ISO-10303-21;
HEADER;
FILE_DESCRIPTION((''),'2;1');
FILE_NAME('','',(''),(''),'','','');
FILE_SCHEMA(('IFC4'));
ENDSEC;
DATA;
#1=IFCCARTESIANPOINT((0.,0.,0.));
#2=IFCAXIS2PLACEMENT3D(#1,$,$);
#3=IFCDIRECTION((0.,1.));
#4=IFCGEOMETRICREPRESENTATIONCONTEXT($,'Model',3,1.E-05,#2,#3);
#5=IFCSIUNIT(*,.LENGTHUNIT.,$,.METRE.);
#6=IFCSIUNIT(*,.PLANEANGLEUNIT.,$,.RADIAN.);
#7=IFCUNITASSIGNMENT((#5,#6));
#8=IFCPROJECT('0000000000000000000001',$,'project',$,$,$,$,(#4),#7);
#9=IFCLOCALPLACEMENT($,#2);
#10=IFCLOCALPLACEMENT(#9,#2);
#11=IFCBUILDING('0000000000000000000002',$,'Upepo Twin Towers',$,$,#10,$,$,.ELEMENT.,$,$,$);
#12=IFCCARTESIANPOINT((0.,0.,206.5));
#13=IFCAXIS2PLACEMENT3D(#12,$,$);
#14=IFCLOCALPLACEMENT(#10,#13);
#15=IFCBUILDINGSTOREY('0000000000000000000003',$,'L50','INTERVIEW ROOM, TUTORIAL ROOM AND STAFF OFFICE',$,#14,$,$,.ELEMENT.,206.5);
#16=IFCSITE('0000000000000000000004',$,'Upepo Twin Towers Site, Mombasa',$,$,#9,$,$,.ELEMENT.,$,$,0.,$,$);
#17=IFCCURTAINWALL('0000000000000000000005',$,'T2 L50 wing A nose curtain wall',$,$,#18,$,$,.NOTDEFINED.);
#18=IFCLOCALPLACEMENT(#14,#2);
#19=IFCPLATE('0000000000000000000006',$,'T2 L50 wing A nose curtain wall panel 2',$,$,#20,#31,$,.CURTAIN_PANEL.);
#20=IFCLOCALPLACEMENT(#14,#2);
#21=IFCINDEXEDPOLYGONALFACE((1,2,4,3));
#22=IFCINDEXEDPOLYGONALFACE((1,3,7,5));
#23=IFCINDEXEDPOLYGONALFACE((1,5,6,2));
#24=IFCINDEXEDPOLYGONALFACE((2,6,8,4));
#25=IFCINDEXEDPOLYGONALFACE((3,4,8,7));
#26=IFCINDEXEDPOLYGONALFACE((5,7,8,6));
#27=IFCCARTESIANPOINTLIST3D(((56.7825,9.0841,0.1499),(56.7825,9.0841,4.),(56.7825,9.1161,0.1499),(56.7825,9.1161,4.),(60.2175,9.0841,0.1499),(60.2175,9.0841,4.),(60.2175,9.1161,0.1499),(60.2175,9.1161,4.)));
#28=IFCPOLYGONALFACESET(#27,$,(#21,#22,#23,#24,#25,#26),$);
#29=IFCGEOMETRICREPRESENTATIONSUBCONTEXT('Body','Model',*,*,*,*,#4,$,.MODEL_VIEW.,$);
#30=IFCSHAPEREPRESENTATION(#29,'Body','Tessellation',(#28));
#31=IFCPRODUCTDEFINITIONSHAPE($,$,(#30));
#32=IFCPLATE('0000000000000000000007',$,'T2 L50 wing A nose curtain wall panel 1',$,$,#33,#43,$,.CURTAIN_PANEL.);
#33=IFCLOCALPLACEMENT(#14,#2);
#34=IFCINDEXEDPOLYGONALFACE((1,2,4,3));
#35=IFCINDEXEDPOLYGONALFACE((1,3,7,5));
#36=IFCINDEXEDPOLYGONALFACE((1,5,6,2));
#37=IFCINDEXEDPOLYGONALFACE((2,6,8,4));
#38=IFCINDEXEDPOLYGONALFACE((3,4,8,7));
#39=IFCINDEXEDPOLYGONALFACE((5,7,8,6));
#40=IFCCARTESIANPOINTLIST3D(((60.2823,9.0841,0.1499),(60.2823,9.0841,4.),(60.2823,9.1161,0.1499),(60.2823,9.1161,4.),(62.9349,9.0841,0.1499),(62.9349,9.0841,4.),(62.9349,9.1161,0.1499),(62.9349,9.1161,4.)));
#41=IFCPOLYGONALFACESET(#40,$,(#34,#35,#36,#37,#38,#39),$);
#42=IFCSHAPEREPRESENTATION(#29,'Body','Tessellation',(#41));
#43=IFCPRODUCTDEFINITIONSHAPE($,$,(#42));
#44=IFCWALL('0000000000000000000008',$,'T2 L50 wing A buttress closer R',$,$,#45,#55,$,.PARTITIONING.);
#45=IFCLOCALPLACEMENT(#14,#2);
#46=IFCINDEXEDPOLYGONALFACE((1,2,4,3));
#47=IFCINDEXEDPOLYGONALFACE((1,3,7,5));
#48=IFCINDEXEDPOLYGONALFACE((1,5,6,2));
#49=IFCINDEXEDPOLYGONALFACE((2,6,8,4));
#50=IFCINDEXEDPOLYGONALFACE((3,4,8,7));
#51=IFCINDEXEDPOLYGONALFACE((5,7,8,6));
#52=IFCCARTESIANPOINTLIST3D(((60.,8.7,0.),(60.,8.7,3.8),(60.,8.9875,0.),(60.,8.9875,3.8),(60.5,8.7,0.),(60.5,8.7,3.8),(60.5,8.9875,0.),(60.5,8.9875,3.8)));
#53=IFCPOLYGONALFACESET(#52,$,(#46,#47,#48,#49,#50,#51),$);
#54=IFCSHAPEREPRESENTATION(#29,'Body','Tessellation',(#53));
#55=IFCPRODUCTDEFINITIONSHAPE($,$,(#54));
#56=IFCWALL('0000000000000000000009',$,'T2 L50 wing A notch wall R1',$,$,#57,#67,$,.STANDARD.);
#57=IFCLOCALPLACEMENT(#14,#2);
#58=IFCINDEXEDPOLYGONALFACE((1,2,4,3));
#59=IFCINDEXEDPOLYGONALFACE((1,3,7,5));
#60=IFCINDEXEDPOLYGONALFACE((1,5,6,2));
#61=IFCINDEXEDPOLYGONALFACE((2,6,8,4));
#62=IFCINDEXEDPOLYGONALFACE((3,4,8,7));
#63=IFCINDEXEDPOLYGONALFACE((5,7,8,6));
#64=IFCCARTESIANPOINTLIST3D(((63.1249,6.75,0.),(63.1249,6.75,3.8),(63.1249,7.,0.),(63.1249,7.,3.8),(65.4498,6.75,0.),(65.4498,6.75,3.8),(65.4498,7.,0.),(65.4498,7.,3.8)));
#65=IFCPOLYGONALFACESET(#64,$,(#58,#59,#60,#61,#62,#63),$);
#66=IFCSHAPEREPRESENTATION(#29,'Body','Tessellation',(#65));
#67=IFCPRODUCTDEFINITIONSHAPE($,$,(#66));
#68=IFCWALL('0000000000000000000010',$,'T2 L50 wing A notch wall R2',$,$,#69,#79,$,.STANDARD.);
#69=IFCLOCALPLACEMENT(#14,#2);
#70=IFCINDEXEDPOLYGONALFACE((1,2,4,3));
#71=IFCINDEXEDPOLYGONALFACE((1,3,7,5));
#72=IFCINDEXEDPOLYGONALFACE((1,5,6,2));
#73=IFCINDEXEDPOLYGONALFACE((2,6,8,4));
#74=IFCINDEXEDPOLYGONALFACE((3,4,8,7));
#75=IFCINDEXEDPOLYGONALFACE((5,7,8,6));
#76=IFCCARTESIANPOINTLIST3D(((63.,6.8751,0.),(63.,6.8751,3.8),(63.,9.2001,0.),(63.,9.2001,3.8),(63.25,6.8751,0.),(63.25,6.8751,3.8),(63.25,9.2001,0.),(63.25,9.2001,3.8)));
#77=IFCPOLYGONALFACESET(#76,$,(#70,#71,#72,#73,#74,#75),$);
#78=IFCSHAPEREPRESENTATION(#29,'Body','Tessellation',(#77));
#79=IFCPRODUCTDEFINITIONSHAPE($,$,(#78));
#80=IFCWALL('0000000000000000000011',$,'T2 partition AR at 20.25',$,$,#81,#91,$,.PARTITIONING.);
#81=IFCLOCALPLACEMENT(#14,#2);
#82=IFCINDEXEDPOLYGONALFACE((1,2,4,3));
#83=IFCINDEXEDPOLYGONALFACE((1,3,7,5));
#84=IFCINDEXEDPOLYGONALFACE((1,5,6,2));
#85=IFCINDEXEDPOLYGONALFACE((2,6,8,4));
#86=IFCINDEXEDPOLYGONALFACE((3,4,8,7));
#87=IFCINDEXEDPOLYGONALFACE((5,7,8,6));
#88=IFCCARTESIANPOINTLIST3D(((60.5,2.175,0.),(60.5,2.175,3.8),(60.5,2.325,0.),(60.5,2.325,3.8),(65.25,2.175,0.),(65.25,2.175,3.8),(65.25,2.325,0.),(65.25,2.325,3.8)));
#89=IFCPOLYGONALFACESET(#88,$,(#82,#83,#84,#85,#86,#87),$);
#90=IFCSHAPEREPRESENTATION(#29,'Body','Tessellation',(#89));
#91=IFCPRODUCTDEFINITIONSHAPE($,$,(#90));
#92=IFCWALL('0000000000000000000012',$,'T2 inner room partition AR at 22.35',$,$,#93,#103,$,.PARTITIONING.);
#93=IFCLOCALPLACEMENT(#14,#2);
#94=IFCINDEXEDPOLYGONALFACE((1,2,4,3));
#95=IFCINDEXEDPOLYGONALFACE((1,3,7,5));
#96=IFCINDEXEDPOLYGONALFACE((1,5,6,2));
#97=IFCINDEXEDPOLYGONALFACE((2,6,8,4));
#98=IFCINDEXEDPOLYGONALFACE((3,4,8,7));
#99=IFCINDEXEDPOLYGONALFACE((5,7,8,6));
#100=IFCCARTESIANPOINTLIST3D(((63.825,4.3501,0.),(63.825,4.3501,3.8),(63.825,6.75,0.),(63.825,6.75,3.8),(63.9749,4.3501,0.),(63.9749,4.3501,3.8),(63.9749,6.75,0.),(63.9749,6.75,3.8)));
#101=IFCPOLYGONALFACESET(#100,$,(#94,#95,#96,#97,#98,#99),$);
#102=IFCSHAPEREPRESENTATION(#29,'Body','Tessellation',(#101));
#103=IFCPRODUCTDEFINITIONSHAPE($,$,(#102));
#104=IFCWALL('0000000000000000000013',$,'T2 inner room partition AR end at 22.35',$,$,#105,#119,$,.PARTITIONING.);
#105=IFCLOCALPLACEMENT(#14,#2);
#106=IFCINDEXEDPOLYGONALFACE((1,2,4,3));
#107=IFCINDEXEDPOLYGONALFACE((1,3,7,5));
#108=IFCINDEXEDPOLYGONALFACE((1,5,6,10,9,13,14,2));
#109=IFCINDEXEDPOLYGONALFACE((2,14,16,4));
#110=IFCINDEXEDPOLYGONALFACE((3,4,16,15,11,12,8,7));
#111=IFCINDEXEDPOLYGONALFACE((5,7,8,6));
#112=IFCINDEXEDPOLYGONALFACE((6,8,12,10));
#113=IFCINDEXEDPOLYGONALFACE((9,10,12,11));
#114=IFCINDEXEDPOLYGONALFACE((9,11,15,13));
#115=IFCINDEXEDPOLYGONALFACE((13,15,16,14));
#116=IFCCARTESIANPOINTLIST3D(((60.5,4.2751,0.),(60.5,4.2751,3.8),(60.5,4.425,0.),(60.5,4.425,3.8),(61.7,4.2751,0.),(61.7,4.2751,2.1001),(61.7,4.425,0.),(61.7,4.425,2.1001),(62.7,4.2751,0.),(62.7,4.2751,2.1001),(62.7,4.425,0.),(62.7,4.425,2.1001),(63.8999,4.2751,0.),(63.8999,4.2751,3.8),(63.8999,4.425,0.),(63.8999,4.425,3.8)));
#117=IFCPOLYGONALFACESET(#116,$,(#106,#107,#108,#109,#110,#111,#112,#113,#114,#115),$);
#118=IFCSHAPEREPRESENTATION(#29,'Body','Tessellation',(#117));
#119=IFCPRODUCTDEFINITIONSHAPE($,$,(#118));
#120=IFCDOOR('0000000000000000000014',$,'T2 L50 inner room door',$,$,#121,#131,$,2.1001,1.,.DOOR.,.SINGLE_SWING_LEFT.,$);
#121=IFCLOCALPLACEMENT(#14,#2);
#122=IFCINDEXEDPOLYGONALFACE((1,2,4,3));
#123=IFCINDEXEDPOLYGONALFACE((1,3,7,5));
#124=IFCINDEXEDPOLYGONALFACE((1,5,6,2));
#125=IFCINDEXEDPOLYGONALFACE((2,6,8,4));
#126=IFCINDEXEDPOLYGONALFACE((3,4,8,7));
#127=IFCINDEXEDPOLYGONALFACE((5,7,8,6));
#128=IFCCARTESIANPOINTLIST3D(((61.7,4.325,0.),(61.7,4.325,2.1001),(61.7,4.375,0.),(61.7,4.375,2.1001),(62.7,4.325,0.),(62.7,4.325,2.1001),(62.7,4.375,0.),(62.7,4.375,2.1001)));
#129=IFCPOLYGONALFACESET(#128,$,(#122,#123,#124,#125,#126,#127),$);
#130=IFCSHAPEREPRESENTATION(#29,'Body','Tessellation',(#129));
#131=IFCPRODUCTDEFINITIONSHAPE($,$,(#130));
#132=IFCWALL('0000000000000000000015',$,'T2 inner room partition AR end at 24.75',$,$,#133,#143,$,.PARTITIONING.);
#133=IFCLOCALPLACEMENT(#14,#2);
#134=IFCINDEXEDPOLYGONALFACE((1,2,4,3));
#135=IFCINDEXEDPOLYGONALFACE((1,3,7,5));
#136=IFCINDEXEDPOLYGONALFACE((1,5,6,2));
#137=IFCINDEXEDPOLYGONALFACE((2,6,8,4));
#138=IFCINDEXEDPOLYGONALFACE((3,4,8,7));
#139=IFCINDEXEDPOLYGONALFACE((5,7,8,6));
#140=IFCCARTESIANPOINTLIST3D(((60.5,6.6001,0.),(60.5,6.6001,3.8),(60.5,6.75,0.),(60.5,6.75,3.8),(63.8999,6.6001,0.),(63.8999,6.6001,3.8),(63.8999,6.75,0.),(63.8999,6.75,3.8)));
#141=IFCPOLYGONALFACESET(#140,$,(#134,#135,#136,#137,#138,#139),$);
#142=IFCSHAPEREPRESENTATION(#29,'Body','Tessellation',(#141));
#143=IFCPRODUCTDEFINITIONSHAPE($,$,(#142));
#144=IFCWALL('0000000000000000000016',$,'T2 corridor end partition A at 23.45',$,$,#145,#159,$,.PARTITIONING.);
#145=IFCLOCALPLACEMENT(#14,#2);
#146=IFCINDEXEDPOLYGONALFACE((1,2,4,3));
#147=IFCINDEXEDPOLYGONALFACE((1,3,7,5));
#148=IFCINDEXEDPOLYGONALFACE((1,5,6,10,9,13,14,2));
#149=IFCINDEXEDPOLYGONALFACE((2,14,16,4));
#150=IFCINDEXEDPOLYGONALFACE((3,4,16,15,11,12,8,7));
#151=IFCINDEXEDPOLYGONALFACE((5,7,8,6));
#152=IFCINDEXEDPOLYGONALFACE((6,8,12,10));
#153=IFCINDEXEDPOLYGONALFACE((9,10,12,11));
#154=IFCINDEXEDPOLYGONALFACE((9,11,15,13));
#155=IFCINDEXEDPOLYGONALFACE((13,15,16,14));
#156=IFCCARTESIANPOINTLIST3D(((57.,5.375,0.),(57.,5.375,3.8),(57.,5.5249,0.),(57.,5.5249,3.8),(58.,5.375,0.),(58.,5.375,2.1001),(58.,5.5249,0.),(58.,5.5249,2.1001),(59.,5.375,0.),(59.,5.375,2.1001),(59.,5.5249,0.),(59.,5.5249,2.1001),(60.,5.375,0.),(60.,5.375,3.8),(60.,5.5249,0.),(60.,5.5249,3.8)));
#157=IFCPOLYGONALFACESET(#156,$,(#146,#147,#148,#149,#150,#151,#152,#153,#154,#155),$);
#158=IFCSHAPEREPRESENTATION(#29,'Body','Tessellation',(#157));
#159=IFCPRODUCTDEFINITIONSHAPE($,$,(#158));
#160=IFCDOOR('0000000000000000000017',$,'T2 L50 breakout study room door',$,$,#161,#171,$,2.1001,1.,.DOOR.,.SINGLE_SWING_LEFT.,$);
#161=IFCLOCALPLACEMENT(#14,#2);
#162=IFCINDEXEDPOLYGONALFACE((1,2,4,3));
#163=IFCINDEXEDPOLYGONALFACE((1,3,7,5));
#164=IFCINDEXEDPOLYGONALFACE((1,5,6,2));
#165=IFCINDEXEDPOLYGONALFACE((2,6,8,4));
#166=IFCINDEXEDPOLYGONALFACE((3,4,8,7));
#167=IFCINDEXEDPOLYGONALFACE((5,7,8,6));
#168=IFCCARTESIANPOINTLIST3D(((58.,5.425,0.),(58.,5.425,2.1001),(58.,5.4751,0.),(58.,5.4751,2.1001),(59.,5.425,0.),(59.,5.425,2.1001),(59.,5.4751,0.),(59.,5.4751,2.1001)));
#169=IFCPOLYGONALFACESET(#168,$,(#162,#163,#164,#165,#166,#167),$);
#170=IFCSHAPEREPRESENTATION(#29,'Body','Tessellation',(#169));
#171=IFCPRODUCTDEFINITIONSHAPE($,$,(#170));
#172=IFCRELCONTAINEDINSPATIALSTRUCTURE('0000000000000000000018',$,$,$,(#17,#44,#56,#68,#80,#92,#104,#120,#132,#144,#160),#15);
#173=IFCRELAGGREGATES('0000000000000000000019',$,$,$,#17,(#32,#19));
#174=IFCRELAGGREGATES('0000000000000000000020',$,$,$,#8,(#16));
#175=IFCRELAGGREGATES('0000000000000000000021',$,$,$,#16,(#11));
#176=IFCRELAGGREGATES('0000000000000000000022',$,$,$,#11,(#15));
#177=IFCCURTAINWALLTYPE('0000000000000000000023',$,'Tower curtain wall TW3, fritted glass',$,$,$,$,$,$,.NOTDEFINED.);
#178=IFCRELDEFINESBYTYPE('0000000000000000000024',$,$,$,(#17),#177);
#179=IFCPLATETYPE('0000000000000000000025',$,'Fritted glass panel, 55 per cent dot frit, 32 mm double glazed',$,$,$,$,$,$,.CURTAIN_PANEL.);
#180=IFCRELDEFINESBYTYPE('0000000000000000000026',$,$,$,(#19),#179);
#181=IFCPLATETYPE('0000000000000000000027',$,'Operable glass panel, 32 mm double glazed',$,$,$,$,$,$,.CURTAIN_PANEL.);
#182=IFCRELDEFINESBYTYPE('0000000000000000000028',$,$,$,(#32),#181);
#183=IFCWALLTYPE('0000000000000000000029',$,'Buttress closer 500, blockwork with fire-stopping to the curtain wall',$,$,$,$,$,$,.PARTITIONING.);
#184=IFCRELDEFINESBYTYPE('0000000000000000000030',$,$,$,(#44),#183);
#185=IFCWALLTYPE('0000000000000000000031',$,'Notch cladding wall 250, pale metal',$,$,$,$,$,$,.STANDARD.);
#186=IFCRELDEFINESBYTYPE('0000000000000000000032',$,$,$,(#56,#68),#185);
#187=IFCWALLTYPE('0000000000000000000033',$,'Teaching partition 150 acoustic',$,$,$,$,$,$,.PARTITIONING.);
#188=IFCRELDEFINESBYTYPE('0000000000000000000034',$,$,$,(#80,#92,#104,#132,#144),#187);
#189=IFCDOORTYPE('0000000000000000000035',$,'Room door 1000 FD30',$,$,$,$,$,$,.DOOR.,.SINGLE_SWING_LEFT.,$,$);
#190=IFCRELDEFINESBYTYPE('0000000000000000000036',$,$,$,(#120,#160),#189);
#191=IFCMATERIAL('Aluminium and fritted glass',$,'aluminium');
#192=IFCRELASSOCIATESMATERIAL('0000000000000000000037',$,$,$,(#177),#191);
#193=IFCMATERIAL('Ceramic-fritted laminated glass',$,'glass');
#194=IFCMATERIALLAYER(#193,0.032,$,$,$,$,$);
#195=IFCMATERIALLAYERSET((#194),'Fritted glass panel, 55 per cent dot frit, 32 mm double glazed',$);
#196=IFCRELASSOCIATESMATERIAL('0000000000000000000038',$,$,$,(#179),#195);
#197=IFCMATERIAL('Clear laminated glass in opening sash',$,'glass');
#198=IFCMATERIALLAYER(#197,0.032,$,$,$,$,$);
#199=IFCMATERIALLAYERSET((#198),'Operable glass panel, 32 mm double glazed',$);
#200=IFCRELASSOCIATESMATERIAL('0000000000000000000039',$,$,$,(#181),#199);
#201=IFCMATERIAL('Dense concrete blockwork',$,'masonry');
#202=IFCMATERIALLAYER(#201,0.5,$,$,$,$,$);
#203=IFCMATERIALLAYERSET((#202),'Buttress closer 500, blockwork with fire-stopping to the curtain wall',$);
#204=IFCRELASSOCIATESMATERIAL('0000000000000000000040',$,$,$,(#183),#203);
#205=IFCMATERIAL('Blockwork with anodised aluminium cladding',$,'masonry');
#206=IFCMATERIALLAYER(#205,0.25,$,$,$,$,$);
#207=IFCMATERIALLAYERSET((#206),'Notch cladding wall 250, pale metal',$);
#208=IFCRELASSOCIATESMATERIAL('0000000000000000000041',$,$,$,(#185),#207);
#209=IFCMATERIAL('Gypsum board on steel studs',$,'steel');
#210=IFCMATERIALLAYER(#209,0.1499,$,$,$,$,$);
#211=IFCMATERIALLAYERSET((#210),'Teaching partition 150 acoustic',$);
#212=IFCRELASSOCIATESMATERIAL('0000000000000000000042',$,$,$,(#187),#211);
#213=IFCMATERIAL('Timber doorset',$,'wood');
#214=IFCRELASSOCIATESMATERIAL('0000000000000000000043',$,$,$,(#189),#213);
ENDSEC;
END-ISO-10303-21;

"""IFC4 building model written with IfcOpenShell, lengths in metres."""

from ifc_helpers import new_model, si_unit, direction, frame, frame_2d, origin, origin_2d, place, context, subcontext, project, spatial, rectangle, extrude, material, layer, layer_set, type_object, element, fill, aggregate, save


model = new_model("IFC4")

# Units and contexts
model_context = context("Model", 3, precision=1e-05, world=origin(), true_north=direction((0.0, 1.0)))
body_context = subcontext(model_context, "Body", "Model", "MODEL_VIEW")
ifc_project = project(units=[si_unit("LENGTHUNIT", "METRE"), si_unit("PLANEANGLEUNIT", "RADIAN")], contexts=[model_context])

# Site, building, storey
site_placement = place(None, origin())
site = spatial("IfcSite", under=ifc_project, at=site_placement, Name="Upepo Twin Towers Site, Mombasa", CompositionType="ELEMENT", RefElevation=0.0)
building_placement = place(site_placement, origin())
building = spatial("IfcBuilding", under=site, at=building_placement, Name="Upepo Twin Towers", CompositionType="ELEMENT")
storey_placement = place(building_placement, frame((0.0, 0.0, 206.5)))
storey = spatial("IfcBuildingStorey", under=building, at=storey_placement, Name="L50", Description="INTERVIEW ROOM, TUTORIAL ROOM AND STAFF OFFICE", CompositionType="ELEMENT", Elevation=206.5)

# Curtain wall
ifc_material_1 = material(Name="Aluminium and fritted glass", Category="aluminium")
curtain_wall_type = type_object("IfcCurtainWallType", Name="Tower curtain wall TW3, fritted glass", PredefinedType="NOTDEFINED", material=ifc_material_1)
curtain_wall_1_placement = place(storey_placement, origin())
curtain_wall_1 = element("IfcCurtainWall", 1, at=curtain_wall_1_placement, inside=storey, type_object=curtain_wall_type, Name="T2 L50 wing A nose curtain wall", PredefinedType="NOTDEFINED")

# Plates
ifc_material_2 = material(Name="Ceramic-fritted laminated glass", Category="glass")
ifc_layer_1 = layer(ifc_material_2, 0.032)
ifc_layer_set_1 = layer_set([ifc_layer_1], Name="Fritted glass panel, 55 per cent dot frit, 32 mm double glazed")
plate_type_1 = type_object("IfcPlateType", Name="Fritted glass panel, 55 per cent dot frit, 32 mm double glazed", PredefinedType="CURTAIN_PANEL", material=ifc_layer_set_1)
plate_1_placement = place(storey_placement, frame((58.5, 9.1001, 0.1499), z_axis=(0.0, 0.0, 1.0), x_axis=(-1.0, 0.0, 0.0)))
plate_1 = element("IfcPlate", 2, at=plate_1_placement, type_object=plate_type_1, Name="T2 L50 wing A nose curtain wall panel 2", PredefinedType="CURTAIN_PANEL", context=body_context, shape_type="SweptSolid", body=[
    extrude(rectangle(XDim=3.4351, YDim=0.032, at=origin_2d()), origin(), (0.0, 0.0, 1.0), 3.8501),
])
ifc_material_3 = material(Name="Clear laminated glass in opening sash", Category="glass")
ifc_layer_2 = layer(ifc_material_3, 0.032)
ifc_layer_set_2 = layer_set([ifc_layer_2], Name="Operable glass panel, 32 mm double glazed")
plate_type_2 = type_object("IfcPlateType", Name="Operable glass panel, 32 mm double glazed", PredefinedType="CURTAIN_PANEL", material=ifc_layer_set_2)
plate_2_placement = place(storey_placement, frame((61.6086, 9.1001, 0.1499), z_axis=(0.0, 0.0, 1.0), x_axis=(-1.0, 0.0, 0.0)))
plate_2 = element("IfcPlate", 3, at=plate_2_placement, type_object=plate_type_2, Name="T2 L50 wing A nose curtain wall panel 1", PredefinedType="CURTAIN_PANEL", context=body_context, shape_type="SweptSolid", body=[
    extrude(rectangle(XDim=2.6526, YDim=0.032, at=origin_2d()), origin(), (0.0, 0.0, 1.0), 3.8501),
])
aggregate(curtain_wall_1, [plate_2, plate_1])

# Walls
ifc_material_4 = material(Name="Dense concrete blockwork", Category="masonry")
ifc_layer_3 = layer(ifc_material_4, 0.5)
ifc_layer_set_3 = layer_set([ifc_layer_3], Name="Buttress closer 500, blockwork with fire-stopping to the curtain wall")
wall_type_1 = type_object("IfcWallType", Name="Buttress closer 500, blockwork with fire-stopping to the curtain wall", PredefinedType="PARTITIONING", material=ifc_layer_set_3)
wall_1_placement = place(storey_placement, frame((60.25, 8.7, 0.0), z_axis=(0.0, 0.0, 1.0), x_axis=(0.0, 1.0, 0.0)))
element("IfcWall", 4, at=wall_1_placement, inside=storey, type_object=wall_type_1, Name="T2 L50 wing A buttress closer R", PredefinedType="PARTITIONING", context=body_context, shape_type="SweptSolid", body=[
    extrude(rectangle(XDim=0.2876, YDim=0.5, at=frame_2d((0.1438, 0.0))), origin(), (0.0, 0.0, 1.0), 3.8),
])
ifc_material_5 = material(Name="Blockwork with anodised aluminium cladding", Category="masonry")
ifc_layer_4 = layer(ifc_material_5, 0.25)
ifc_layer_set_4 = layer_set([ifc_layer_4], Name="Notch cladding wall 250, pale metal")
wall_type_2 = type_object("IfcWallType", Name="Notch cladding wall 250, pale metal", PredefinedType="STANDARD", material=ifc_layer_set_4)
for number, where, z_axis, x_axis, name in (
    (5, (65.45, 6.875, 0.0), (0.0, 0.0, 1.0), (-1.0, 0.0, 0.0), "T2 L50 wing A notch wall R1"),
    (6, (63.125, 6.875, 0.0), (0.0, 0.0, 1.0), (0.0, 1.0, 0.0), "T2 L50 wing A notch wall R2"),
):
    element("IfcWall", number, at=place(storey_placement, frame(where, z_axis=z_axis, x_axis=x_axis)), inside=storey, type_object=wall_type_2, Name=name, PredefinedType="STANDARD", context=body_context, shape_type="SweptSolid", body=[
        extrude(rectangle(XDim=2.325, YDim=0.25, at=frame_2d((1.1626, 0.0))), origin(), (0.0, 0.0, 1.0), 3.8),
    ])
ifc_material_6 = material(Name="Gypsum board on steel studs", Category="steel")
ifc_layer_5 = layer(ifc_material_6, 0.1499)
ifc_layer_set_5 = layer_set([ifc_layer_5], Name="Teaching partition 150 acoustic")
wall_type_3 = type_object("IfcWallType", Name="Teaching partition 150 acoustic", PredefinedType="PARTITIONING", material=ifc_layer_set_5)
wall_2_placement = place(storey_placement, frame((60.5, 2.25, 0.0), z_axis=(0.0, 0.0, 1.0), x_axis=(1.0, 0.0, 0.0)))
element("IfcWall", 7, at=wall_2_placement, inside=storey, type_object=wall_type_3, Name="T2 partition AR at 20.25", PredefinedType="PARTITIONING", context=body_context, shape_type="SweptSolid", body=[
    extrude(rectangle(XDim=4.75, YDim=0.1499, at=frame_2d((2.375, 0.0))), origin(), (0.0, 0.0, 1.0), 3.8),
])
wall_3_placement = place(storey_placement, frame((63.8999, 4.3501, 0.0), z_axis=(0.0, 0.0, 1.0), x_axis=(0.0, 1.0, 0.0)))
element("IfcWall", 8, at=wall_3_placement, inside=storey, type_object=wall_type_3, Name="T2 inner room partition AR at 22.35", PredefinedType="PARTITIONING", context=body_context, shape_type="SweptSolid", body=[
    extrude(rectangle(XDim=2.3999, YDim=0.1499, at=frame_2d((1.2, 0.0))), origin(), (0.0, 0.0, 1.0), 3.8),
])

# Wall, opening, door
wall_4_placement = place(storey_placement, frame((60.5, 4.3501, 0.0), z_axis=(0.0, 0.0, 1.0), x_axis=(1.0, 0.0, 0.0)))
wall_4 = element("IfcWall", 9, at=wall_4_placement, inside=storey, type_object=wall_type_3, Name="T2 inner room partition AR end at 22.35", PredefinedType="PARTITIONING", context=body_context, shape_type="SweptSolid", body=[
    extrude(rectangle(XDim=3.3999, YDim=0.1499, at=frame_2d((1.7, 0.0))), origin(), (0.0, 0.0, 1.0), 3.8),
])
opening_1_placement = place(wall_4_placement, frame((1.2, 0.0, 0.0)))
opening_1 = element("IfcOpeningElement", 10, at=opening_1_placement, cuts=wall_4, PredefinedType="OPENING", context=body_context, shape_type="SweptSolid", body=[
    extrude(rectangle(XDim=1.0, YDim=2.1001, at=frame_2d((0.5, 1.05))), frame((0.0, 0.085, 0.0), z_axis=(0.0, -1.0, 0.0), x_axis=(1.0, 0.0, 0.0)), (0.0, 0.0, 1.0), 0.1699),
])
ifc_material_7 = material(Name="Timber doorset", Category="wood")
door_type = type_object("IfcDoorType", Name="Room door 1000 FD30", OperationType="SINGLE_SWING_LEFT", PredefinedType="DOOR", material=ifc_material_7)
door_1_placement = place(opening_1_placement, origin())
door_1 = element("IfcDoor", 11, at=door_1_placement, inside=storey, type_object=door_type, Name="T2 L50 inner room door", OperationType="SINGLE_SWING_LEFT", OverallHeight=2.1001, OverallWidth=1.0, PredefinedType="DOOR", context=body_context, shape_type="SweptSolid", body=[
    extrude(rectangle(XDim=1.0, YDim=2.1001, at=frame_2d((0.5, 1.05))), frame((0.0, 0.0249, 0.0), z_axis=(0.0, -1.0, 0.0), x_axis=(1.0, 0.0, 0.0)), (0.0, 0.0, 1.0), 0.05),
])
fill(opening_1, door_1)

# Wall
wall_5_placement = place(storey_placement, frame((60.5, 6.675, 0.0), z_axis=(0.0, 0.0, 1.0), x_axis=(1.0, 0.0, 0.0)))
element("IfcWall", 12, at=wall_5_placement, inside=storey, type_object=wall_type_3, Name="T2 inner room partition AR end at 24.75", PredefinedType="PARTITIONING", context=body_context, shape_type="SweptSolid", body=[
    extrude(rectangle(XDim=3.3999, YDim=0.1499, at=frame_2d((1.7, 0.0))), origin(), (0.0, 0.0, 1.0), 3.8),
])

# Wall, opening, door
wall_6_placement = place(storey_placement, frame((60.0, 5.45, 0.0), z_axis=(0.0, 0.0, 1.0), x_axis=(-1.0, 0.0, 0.0)))
wall_6 = element("IfcWall", 13, at=wall_6_placement, inside=storey, type_object=wall_type_3, Name="T2 corridor end partition A at 23.45", PredefinedType="PARTITIONING", context=body_context, shape_type="SweptSolid", body=[
    extrude(rectangle(XDim=3.0, YDim=0.1499, at=frame_2d((1.5, 0.0))), origin(), (0.0, 0.0, 1.0), 3.8),
])
opening_2_placement = place(wall_6_placement, frame((1.0, 0.0, 0.0)))
opening_2 = element("IfcOpeningElement", 14, at=opening_2_placement, cuts=wall_6, PredefinedType="OPENING", context=body_context, shape_type="SweptSolid", body=[
    extrude(rectangle(XDim=1.0, YDim=2.1001, at=frame_2d((0.5, 1.05))), frame((0.0, 0.085, 0.0), z_axis=(0.0, -1.0, 0.0), x_axis=(1.0, 0.0, 0.0)), (0.0, 0.0, 1.0), 0.1699),
])
door_2_placement = place(opening_2_placement, origin())
door_2 = element("IfcDoor", 15, at=door_2_placement, inside=storey, type_object=door_type, Name="T2 L50 breakout study room door", OperationType="SINGLE_SWING_LEFT", OverallHeight=2.1001, OverallWidth=1.0, PredefinedType="DOOR", context=body_context, shape_type="SweptSolid", body=[
    extrude(rectangle(XDim=1.0, YDim=2.1001, at=frame_2d((0.5, 1.05))), frame((0.0, 0.0249, 0.0), z_axis=(0.0, -1.0, 0.0), x_axis=(1.0, 0.0, 0.0)), (0.0, 0.0, 1.0), 0.05),
])
fill(opening_2, door_2)

save(model, "model.ifc")
